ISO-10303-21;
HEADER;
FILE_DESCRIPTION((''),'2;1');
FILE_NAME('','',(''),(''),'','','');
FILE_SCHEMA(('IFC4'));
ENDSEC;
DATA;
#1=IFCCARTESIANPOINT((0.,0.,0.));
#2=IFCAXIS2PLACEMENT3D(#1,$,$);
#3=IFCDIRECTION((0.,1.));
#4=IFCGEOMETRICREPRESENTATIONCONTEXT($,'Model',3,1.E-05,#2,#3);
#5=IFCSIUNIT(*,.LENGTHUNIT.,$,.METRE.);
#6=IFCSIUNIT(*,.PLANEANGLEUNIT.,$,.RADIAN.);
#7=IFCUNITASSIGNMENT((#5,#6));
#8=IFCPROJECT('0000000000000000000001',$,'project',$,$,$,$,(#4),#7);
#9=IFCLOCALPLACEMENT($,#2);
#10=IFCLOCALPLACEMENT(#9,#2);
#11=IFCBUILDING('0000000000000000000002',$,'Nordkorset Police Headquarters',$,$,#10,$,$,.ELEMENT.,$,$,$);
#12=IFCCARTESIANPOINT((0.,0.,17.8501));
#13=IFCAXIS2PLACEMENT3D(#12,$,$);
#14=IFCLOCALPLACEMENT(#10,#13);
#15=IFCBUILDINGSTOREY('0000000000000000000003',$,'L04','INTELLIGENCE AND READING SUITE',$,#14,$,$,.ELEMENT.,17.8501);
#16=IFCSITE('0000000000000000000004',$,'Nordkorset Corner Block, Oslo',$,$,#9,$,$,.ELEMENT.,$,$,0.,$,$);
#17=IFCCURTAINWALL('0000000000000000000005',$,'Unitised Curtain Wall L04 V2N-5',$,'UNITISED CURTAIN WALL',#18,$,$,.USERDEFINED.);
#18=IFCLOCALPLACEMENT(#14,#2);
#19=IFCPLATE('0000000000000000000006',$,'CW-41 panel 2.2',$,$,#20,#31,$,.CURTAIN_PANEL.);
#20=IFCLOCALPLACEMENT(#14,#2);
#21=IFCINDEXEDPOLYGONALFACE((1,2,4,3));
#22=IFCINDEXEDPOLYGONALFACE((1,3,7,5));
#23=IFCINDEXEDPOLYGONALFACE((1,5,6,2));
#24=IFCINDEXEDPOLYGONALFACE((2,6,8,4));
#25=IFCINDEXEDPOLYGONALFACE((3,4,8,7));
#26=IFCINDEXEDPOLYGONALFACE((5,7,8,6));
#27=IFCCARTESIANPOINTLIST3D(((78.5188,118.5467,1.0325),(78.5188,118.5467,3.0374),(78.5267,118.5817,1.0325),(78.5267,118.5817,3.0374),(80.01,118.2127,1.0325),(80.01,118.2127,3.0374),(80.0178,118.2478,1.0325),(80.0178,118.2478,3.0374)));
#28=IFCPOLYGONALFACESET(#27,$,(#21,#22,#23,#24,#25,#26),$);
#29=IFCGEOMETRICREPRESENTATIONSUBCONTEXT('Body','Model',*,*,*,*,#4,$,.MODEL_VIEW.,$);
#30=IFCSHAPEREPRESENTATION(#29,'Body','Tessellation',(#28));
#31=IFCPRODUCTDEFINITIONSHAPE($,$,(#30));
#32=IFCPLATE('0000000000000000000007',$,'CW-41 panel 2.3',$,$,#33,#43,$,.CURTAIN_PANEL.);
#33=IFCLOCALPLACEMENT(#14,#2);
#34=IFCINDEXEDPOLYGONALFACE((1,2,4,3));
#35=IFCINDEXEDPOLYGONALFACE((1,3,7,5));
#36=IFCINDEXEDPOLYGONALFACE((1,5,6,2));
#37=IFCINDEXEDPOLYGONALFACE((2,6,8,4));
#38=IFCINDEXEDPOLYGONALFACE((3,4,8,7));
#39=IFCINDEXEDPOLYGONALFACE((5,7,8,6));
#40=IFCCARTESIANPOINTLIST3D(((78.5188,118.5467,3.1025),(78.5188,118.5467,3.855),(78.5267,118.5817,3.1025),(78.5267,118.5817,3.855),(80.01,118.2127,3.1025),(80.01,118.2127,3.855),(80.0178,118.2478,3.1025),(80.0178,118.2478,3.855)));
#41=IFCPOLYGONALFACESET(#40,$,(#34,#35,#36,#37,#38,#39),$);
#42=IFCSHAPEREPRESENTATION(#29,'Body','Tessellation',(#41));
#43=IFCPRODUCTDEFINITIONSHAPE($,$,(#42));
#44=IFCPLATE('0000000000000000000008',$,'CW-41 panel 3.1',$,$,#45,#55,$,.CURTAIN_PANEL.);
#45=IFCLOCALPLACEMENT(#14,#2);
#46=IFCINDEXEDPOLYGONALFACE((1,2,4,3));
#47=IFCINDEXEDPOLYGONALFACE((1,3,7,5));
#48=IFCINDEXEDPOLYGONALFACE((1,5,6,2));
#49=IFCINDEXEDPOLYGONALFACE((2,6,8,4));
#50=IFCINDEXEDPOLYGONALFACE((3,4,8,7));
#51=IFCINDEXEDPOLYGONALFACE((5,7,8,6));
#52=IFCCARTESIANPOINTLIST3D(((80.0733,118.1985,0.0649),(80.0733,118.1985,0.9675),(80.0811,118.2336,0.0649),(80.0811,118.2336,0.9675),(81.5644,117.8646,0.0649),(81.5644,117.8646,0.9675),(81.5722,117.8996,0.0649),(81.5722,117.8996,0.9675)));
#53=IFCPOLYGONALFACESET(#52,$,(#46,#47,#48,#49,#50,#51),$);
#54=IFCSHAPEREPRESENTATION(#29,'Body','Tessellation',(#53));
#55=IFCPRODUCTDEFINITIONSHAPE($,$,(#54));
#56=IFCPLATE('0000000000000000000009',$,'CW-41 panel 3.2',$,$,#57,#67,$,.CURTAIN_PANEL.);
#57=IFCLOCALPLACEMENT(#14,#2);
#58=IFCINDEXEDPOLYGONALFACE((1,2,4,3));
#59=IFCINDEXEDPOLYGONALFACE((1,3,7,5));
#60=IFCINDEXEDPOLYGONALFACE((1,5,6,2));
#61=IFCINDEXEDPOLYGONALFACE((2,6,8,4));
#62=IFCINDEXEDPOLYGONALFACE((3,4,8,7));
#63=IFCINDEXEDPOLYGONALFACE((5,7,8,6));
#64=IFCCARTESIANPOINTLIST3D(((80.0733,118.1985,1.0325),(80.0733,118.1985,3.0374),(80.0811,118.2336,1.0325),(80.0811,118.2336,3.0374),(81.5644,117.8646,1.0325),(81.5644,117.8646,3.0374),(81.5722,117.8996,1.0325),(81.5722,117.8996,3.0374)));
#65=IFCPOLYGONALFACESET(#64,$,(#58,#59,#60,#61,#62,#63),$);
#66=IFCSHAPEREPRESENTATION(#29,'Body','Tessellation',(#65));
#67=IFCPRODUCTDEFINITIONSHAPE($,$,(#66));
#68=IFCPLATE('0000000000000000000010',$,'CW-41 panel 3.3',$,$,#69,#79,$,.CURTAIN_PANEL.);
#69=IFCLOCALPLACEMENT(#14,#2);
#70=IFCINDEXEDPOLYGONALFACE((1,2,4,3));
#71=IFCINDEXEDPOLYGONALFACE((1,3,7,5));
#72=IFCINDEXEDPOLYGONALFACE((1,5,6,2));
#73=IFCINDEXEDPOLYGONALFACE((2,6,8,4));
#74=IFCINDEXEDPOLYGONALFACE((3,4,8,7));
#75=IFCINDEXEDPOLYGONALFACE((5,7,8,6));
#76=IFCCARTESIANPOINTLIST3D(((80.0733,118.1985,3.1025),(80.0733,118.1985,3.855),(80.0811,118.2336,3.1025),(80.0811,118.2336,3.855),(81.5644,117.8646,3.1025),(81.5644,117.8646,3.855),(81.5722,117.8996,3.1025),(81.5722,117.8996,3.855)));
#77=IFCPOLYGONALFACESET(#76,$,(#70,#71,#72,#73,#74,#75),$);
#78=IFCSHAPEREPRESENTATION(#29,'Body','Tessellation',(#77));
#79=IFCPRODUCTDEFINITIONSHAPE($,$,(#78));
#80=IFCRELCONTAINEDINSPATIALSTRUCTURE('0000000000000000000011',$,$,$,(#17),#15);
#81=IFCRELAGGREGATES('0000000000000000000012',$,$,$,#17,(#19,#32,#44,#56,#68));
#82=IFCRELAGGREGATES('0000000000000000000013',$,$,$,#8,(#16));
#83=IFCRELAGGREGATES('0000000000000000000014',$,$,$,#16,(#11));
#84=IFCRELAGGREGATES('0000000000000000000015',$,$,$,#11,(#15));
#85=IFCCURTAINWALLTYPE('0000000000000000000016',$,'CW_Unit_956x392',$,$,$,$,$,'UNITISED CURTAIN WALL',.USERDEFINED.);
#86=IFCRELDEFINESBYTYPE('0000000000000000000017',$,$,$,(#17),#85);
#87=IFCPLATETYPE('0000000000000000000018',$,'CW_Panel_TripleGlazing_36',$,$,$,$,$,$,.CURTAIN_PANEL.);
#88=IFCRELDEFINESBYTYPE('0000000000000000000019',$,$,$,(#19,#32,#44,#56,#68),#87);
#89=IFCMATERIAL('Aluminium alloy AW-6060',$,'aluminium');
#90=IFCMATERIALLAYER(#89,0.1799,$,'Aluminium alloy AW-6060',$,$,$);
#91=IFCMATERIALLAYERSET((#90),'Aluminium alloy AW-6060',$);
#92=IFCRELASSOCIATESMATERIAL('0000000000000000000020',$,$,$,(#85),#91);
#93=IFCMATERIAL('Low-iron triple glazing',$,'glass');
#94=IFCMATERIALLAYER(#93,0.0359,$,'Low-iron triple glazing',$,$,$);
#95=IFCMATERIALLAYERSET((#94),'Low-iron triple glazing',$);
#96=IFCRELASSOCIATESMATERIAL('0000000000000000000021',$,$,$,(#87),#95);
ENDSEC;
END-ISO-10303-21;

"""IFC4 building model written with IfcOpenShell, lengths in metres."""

from ifc_helpers import new_model, si_unit, direction, frame, origin, origin_2d, place, context, subcontext, project, spatial, rectangle, extrude, material, layer, layer_set, type_object, element, aggregate, save


model = new_model("IFC4")

# Units and contexts
model_context = context("Model", 3, precision=1e-05, world=origin(), true_north=direction((0.0, 1.0)))
body_context = subcontext(model_context, "Body", "Model", "MODEL_VIEW")
ifc_project = project(units=[si_unit("LENGTHUNIT", "METRE"), si_unit("PLANEANGLEUNIT", "RADIAN")], contexts=[model_context])

# Site, building, storey
site_placement = place(None, origin())
site = spatial("IfcSite", under=ifc_project, at=site_placement, Name="Nordkorset Corner Block, Oslo", CompositionType="ELEMENT", RefElevation=0.0)
building_placement = place(site_placement, origin())
building = spatial("IfcBuilding", under=site, at=building_placement, Name="Nordkorset Police Headquarters", CompositionType="ELEMENT")
storey_placement = place(building_placement, frame((0.0, 0.0, 17.8501)))
storey = spatial("IfcBuildingStorey", under=building, at=storey_placement, Name="L04", Description="INTELLIGENCE AND READING SUITE", CompositionType="ELEMENT", Elevation=17.8501)

# Curtain wall
ifc_material_1 = material(Name="Aluminium alloy AW-6060", Category="aluminium")
ifc_layer_1 = layer(ifc_material_1, 0.1799, Name="Aluminium alloy AW-6060")
ifc_layer_set_1 = layer_set([ifc_layer_1], Name="Aluminium alloy AW-6060")
curtain_wall_type_1 = type_object("IfcCurtainWallType", Name="CW_Unit_956x392", ElementType="UNITISED CURTAIN WALL", PredefinedType="USERDEFINED", material=ifc_layer_set_1)
curtain_wall_1_placement = place(storey_placement, origin())
curtain_wall_1 = element("IfcCurtainWall", 1, at=curtain_wall_1_placement, inside=storey, type_object=curtain_wall_type_1, Name="Unitised Curtain Wall L04 V2N-5", ObjectType="UNITISED CURTAIN WALL", PredefinedType="USERDEFINED")

# Plates
ifc_material_2 = material(Name="Low-iron triple glazing", Category="glass")
ifc_layer_2 = layer(ifc_material_2, 0.0359, Name="Low-iron triple glazing")
ifc_layer_set_2 = layer_set([ifc_layer_2], Name="Low-iron triple glazing")
plate_type = type_object("IfcPlateType", Name="CW_Panel_TripleGlazing_36", PredefinedType="CURTAIN_PANEL", material=ifc_layer_set_2)
plate_1_placement = place(storey_placement, frame((79.2683, 118.3972, 1.0325), z_axis=(0.0, 0.0, 1.0), x_axis=(0.975827, -0.218544, 0.0)))
plate_1 = element("IfcPlate", 2, at=plate_1_placement, type_object=plate_type, Name="CW-41 panel 2.2", PredefinedType="CURTAIN_PANEL", context=body_context, shape_type="SweptSolid", body=[
    extrude(rectangle(XDim=1.5281, YDim=0.0359, at=origin_2d()), origin(), (0.0, 0.0, 1.0), 2.0049),
])
plate_2_placement = place(storey_placement, frame((79.2683, 118.3972, 3.1025), z_axis=(0.0, 0.0, 1.0), x_axis=(0.975827, -0.218544, 0.0)))
plate_2 = element("IfcPlate", 3, at=plate_2_placement, type_object=plate_type, Name="CW-41 panel 2.3", PredefinedType="CURTAIN_PANEL", context=body_context, shape_type="SweptSolid", body=[
    extrude(rectangle(XDim=1.5281, YDim=0.0359, at=origin_2d()), origin(), (0.0, 0.0, 1.0), 0.7524),
])
plate_3_placement = place(storey_placement, frame((80.8228, 118.0491, 0.0649), z_axis=(0.0, 0.0, 1.0), x_axis=(0.975827, -0.218544, 0.0)))
plate_3 = element("IfcPlate", 4, at=plate_3_placement, type_object=plate_type, Name="CW-41 panel 3.1", PredefinedType="CURTAIN_PANEL", context=body_context, shape_type="SweptSolid", body=[
    extrude(rectangle(XDim=1.5281, YDim=0.0359, at=origin_2d()), origin(), (0.0, 0.0, 1.0), 0.9026),
])
plate_4_placement = place(storey_placement, frame((80.8228, 118.0491, 1.0325), z_axis=(0.0, 0.0, 1.0), x_axis=(0.975827, -0.218544, 0.0)))
plate_4 = element("IfcPlate", 5, at=plate_4_placement, type_object=plate_type, Name="CW-41 panel 3.2", PredefinedType="CURTAIN_PANEL", context=body_context, shape_type="SweptSolid", body=[
    extrude(rectangle(XDim=1.5281, YDim=0.0359, at=origin_2d()), origin(), (0.0, 0.0, 1.0), 2.0049),
])
plate_5_placement = place(storey_placement, frame((80.8228, 118.0491, 3.1025), z_axis=(0.0, 0.0, 1.0), x_axis=(0.975827, -0.218544, 0.0)))
plate_5 = element("IfcPlate", 6, at=plate_5_placement, type_object=plate_type, Name="CW-41 panel 3.3", PredefinedType="CURTAIN_PANEL", context=body_context, shape_type="SweptSolid", body=[
    extrude(rectangle(XDim=1.5281, YDim=0.0359, at=origin_2d()), origin(), (0.0, 0.0, 1.0), 0.7524),
])
aggregate(curtain_wall_1, [plate_1, plate_2, plate_3, plate_4, plate_5])

save(model, "model.ifc")
